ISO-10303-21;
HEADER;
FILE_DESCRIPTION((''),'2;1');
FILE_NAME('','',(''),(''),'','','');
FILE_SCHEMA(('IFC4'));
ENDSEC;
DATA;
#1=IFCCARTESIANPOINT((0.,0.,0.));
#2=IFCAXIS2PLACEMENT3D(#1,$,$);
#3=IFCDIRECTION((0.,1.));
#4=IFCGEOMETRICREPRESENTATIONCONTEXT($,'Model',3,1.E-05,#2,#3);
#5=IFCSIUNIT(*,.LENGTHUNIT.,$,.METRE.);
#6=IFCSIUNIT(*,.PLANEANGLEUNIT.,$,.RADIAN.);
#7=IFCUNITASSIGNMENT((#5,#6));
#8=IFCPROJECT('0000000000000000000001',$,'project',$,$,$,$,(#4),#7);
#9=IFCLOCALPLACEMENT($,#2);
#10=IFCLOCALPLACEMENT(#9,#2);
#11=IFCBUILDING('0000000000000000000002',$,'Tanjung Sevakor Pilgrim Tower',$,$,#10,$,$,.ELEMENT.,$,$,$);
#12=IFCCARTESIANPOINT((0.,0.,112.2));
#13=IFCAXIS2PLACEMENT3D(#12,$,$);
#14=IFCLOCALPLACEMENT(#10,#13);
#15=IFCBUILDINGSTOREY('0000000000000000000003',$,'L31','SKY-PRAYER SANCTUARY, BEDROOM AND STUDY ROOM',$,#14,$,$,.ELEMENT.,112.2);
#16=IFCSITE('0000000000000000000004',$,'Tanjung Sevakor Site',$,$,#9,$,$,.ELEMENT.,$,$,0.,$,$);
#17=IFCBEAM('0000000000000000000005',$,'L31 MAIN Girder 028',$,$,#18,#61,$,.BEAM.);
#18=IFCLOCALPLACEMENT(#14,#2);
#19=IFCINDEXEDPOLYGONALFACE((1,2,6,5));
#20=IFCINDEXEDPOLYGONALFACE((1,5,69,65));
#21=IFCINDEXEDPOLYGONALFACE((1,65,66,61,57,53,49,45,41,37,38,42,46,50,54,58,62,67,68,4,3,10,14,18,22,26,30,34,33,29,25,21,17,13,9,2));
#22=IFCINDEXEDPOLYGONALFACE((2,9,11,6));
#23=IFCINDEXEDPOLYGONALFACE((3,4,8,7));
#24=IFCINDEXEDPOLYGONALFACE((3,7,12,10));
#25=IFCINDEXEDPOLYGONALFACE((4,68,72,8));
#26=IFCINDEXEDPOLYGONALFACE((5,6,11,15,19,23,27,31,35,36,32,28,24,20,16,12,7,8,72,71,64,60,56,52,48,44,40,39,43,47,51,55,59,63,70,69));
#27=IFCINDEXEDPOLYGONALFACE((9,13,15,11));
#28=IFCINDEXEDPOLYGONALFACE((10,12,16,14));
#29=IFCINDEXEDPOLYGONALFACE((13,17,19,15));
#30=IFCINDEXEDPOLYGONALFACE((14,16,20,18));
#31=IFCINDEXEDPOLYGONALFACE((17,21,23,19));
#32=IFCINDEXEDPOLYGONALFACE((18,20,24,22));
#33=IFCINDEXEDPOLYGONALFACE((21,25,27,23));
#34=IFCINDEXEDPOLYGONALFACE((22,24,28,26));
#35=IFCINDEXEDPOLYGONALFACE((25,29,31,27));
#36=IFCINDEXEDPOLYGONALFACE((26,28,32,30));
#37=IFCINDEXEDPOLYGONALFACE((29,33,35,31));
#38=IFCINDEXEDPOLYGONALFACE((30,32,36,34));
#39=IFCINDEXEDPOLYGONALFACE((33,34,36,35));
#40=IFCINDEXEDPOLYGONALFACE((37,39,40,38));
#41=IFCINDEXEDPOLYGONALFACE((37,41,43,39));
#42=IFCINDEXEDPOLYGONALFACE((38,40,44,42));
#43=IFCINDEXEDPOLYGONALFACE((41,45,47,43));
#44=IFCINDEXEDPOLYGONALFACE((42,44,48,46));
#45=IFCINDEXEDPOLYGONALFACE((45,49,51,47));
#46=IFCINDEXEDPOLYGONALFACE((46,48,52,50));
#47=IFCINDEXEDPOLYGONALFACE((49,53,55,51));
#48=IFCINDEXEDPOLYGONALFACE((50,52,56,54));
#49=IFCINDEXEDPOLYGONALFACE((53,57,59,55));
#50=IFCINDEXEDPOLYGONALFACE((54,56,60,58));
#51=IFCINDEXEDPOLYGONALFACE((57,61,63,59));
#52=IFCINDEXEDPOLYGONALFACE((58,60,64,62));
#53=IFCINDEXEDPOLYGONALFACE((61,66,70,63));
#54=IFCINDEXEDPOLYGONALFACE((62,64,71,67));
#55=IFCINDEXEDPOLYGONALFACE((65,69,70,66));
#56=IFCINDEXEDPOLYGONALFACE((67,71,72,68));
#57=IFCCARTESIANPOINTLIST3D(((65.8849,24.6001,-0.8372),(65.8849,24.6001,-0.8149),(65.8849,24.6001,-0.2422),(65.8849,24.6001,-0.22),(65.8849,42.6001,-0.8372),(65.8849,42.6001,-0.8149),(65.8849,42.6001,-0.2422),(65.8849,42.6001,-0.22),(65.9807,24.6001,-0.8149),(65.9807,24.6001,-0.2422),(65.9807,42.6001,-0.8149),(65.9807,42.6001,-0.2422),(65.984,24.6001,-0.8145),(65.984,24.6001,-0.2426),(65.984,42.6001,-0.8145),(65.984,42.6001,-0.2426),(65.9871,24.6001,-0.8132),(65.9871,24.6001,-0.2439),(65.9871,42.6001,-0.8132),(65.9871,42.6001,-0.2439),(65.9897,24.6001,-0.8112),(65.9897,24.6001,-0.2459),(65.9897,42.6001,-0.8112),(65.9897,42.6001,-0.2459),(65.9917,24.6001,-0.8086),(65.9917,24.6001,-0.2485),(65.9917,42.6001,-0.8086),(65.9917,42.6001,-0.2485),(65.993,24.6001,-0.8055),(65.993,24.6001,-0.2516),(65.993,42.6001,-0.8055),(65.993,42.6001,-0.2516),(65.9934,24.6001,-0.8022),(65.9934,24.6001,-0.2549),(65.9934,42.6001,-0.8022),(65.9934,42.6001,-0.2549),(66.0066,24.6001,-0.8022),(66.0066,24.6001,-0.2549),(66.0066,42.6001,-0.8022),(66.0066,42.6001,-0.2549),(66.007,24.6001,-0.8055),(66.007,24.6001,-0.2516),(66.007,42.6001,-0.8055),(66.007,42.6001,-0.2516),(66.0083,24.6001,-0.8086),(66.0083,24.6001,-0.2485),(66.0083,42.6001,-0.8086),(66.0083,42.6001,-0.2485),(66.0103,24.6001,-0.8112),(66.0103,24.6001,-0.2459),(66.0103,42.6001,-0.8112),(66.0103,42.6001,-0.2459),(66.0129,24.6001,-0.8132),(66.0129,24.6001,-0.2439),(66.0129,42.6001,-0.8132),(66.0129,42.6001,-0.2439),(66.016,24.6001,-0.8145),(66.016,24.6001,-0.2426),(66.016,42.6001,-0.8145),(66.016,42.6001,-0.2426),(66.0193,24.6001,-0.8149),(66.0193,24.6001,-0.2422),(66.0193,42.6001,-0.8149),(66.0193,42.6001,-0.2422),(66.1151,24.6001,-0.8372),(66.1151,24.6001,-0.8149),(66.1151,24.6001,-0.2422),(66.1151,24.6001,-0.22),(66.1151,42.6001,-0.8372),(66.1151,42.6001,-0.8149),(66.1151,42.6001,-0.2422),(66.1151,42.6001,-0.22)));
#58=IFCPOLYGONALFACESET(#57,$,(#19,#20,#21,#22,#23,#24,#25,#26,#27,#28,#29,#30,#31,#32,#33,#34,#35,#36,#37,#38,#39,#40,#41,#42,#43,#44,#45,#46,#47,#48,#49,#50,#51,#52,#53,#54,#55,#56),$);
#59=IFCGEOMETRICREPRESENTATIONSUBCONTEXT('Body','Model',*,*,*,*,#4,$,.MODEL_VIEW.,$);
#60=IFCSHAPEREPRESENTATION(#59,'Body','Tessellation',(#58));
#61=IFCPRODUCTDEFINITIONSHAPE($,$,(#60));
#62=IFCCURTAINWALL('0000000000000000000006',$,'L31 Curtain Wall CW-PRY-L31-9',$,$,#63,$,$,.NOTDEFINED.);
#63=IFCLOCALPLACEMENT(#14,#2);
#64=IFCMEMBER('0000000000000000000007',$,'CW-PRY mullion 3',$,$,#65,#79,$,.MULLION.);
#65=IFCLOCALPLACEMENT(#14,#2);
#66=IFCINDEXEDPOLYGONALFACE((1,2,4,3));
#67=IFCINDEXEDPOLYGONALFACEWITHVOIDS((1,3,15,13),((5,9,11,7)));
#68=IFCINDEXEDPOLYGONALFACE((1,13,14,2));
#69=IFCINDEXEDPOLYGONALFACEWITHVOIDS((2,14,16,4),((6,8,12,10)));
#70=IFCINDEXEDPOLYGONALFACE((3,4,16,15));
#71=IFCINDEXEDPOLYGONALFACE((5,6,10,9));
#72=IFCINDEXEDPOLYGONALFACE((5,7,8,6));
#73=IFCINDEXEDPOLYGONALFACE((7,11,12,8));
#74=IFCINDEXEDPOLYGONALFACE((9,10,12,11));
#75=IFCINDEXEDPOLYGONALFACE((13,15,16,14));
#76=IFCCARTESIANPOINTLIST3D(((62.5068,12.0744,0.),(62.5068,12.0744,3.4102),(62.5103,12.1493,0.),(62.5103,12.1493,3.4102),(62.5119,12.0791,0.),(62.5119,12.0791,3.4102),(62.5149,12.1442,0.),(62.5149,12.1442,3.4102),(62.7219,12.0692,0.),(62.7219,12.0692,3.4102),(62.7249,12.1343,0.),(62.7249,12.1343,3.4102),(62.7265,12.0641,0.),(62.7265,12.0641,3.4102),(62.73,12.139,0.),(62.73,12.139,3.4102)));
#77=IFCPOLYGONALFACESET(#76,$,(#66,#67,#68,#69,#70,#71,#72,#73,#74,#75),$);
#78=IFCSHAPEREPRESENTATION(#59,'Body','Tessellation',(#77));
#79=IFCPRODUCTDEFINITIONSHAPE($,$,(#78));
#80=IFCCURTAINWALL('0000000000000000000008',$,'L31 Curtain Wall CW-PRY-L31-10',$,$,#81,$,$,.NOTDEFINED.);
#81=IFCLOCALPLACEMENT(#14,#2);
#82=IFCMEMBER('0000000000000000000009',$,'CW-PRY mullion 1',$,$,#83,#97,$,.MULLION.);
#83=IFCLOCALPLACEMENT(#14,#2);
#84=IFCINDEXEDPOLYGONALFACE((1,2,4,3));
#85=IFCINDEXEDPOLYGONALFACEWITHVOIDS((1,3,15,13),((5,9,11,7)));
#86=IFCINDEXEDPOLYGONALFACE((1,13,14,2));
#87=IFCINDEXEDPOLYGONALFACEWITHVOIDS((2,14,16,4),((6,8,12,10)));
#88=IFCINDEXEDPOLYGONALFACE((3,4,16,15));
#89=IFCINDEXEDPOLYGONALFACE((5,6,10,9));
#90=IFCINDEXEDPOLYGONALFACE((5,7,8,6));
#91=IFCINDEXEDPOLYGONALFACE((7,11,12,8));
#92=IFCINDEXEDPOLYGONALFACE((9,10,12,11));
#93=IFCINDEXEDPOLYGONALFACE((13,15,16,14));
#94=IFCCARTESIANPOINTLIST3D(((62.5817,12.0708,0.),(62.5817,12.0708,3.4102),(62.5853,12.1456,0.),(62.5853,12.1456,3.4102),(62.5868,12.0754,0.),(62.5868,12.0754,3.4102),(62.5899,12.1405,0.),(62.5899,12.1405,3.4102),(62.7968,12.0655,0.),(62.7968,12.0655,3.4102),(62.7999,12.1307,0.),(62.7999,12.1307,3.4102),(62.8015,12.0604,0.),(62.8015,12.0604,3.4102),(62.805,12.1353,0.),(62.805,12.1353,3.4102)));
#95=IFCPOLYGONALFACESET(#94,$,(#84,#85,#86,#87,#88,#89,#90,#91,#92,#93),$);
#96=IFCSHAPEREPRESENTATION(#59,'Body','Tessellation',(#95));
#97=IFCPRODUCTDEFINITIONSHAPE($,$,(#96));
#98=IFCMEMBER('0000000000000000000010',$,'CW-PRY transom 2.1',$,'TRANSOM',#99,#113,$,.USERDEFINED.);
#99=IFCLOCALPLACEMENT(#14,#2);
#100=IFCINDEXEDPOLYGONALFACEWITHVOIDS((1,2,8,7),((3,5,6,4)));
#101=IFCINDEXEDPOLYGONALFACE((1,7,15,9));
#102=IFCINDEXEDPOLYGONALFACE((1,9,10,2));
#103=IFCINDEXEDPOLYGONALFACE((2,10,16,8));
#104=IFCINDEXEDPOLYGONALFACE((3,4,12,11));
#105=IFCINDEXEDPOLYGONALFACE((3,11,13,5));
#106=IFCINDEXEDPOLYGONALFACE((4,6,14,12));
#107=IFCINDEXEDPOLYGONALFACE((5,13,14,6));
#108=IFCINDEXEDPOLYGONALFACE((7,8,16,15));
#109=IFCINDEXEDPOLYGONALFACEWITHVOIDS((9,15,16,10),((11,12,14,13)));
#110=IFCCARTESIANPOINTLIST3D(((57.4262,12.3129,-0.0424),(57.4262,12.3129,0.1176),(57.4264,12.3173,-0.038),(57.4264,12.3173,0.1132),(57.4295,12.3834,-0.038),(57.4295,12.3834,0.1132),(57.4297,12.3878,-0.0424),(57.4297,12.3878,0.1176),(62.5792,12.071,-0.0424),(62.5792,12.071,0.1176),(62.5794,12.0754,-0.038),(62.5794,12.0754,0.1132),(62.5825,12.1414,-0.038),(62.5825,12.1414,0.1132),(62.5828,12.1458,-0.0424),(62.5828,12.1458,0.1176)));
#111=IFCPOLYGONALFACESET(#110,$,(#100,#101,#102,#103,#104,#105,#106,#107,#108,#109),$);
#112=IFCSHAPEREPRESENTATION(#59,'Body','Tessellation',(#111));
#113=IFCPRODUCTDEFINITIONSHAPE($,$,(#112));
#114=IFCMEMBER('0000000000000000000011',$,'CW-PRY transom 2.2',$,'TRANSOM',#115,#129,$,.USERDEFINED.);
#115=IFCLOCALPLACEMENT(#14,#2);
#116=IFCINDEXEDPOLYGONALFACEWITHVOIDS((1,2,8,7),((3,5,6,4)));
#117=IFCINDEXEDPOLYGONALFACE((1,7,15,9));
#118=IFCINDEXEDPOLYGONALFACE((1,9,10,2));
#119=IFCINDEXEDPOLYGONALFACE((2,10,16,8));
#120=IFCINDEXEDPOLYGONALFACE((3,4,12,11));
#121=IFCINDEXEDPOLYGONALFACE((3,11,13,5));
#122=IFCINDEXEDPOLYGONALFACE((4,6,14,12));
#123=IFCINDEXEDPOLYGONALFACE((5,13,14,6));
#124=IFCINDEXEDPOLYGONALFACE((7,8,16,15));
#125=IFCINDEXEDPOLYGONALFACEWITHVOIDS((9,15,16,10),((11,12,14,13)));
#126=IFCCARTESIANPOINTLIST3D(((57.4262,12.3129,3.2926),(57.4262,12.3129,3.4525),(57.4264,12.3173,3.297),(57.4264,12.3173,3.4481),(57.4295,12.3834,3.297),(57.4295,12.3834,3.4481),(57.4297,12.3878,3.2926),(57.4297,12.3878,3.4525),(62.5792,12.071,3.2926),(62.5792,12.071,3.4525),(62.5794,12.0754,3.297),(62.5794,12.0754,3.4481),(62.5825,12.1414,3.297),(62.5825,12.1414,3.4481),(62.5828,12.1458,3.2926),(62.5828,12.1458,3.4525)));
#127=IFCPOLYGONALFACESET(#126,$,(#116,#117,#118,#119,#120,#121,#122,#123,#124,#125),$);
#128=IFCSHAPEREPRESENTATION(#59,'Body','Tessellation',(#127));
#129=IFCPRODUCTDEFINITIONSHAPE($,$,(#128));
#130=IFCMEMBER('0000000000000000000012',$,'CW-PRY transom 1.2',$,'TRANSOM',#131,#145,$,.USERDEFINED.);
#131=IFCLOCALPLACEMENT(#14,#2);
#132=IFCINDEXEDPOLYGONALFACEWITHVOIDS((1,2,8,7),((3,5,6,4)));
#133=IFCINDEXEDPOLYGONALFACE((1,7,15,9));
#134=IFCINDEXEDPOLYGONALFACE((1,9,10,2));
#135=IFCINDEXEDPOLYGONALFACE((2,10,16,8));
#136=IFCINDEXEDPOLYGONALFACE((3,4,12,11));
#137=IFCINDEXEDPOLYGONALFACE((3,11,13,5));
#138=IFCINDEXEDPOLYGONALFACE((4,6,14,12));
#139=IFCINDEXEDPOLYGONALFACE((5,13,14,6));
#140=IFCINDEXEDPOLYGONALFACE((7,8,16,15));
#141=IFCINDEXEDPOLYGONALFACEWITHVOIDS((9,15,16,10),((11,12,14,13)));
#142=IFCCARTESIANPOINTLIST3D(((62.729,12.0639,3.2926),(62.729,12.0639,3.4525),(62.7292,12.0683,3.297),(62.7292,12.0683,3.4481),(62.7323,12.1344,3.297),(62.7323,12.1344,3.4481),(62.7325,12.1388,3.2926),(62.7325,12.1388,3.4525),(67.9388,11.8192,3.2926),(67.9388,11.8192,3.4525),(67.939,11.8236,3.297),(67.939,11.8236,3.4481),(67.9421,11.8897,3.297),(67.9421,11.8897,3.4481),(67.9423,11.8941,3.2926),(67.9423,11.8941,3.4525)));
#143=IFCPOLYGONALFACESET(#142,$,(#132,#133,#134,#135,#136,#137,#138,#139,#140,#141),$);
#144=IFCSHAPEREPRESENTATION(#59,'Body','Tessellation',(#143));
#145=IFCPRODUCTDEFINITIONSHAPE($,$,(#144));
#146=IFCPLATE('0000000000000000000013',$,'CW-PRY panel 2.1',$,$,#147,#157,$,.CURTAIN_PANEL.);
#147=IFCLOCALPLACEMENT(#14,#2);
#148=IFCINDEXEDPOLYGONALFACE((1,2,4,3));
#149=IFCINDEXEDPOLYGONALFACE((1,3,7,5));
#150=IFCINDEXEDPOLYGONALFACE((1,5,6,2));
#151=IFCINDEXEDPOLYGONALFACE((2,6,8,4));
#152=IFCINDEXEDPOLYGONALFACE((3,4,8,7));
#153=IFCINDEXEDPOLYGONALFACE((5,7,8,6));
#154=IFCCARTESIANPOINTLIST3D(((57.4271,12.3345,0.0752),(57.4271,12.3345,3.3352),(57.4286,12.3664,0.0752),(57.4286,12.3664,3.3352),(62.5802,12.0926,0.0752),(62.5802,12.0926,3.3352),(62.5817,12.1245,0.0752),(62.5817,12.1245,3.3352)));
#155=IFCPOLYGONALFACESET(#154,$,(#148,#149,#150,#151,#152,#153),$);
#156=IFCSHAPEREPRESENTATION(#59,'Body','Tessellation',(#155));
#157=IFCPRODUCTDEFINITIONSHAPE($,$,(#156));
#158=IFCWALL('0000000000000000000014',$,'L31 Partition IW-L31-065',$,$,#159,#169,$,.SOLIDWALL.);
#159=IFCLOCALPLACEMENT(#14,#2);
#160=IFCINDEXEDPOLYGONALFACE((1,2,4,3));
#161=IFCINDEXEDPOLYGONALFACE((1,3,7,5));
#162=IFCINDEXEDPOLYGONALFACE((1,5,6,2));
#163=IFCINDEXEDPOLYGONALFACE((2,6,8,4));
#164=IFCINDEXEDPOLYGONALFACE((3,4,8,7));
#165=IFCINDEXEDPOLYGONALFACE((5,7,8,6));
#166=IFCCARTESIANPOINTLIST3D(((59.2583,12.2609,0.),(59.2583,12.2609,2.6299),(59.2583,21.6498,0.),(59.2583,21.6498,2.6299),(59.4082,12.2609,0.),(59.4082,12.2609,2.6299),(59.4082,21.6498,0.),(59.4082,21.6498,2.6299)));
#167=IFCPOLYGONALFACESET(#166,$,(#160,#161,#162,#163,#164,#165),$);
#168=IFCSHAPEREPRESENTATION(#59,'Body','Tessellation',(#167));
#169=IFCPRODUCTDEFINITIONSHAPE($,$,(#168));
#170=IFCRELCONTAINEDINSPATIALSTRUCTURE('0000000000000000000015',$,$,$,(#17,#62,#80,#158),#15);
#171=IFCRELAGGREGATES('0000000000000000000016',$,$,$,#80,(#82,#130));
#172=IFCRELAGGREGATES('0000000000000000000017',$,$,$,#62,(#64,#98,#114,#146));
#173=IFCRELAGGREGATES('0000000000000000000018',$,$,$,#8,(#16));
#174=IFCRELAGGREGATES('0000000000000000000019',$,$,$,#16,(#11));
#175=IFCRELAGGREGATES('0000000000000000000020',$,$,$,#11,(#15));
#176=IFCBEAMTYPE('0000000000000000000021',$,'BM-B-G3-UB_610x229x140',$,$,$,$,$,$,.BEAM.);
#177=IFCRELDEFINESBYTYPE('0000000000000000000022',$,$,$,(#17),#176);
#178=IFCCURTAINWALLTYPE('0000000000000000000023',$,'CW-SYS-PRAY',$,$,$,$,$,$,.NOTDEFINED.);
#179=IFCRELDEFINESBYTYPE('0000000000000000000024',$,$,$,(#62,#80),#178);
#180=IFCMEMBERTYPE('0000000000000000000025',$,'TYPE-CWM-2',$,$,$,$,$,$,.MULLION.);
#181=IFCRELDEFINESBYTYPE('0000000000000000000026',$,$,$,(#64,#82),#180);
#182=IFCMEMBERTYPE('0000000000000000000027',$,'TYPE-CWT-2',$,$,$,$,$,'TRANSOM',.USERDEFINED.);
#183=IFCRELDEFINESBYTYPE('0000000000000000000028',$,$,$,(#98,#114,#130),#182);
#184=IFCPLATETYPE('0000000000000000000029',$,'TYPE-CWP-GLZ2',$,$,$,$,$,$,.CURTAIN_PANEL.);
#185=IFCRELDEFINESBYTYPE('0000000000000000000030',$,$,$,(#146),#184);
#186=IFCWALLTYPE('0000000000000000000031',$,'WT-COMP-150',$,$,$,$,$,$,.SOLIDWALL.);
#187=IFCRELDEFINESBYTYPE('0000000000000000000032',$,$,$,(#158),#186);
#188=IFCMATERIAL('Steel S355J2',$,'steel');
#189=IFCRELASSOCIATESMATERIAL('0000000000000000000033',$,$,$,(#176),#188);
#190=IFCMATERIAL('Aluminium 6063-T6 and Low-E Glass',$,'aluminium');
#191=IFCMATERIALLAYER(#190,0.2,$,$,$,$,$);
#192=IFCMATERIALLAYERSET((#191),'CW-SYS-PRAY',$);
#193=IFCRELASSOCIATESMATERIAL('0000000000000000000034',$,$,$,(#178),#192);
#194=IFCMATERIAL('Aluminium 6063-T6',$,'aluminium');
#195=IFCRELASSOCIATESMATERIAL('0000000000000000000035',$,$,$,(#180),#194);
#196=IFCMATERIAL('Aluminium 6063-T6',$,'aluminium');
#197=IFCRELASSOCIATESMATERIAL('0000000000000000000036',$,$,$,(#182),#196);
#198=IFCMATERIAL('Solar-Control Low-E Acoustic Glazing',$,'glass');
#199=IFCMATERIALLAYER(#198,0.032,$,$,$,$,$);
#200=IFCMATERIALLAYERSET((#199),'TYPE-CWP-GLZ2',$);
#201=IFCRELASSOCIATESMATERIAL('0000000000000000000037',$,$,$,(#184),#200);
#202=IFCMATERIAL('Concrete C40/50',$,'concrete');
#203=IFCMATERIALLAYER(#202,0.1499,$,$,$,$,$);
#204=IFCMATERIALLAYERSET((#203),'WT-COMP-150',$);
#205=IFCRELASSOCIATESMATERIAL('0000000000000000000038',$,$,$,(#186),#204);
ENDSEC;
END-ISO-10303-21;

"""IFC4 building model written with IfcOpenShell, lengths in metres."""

from ifc_helpers import new_model, si_unit, direction, frame, frame_2d, origin, origin_2d, place, context, subcontext, project, spatial, rectangle, hollow_rectangle, i_section, extrude, material, layer, layer_set, material_profile, profile_set, type_object, element, aggregate, save


model = new_model("IFC4")

# Units and contexts
model_context = context("Model", 3, precision=1e-05, world=origin(), true_north=direction((0.0, 1.0)))
body_context = subcontext(model_context, "Body", "Model", "MODEL_VIEW")
ifc_project = project(units=[si_unit("LENGTHUNIT", "METRE"), si_unit("PLANEANGLEUNIT", "RADIAN")], contexts=[model_context])

# Site, building, storey
site_placement = place(None, origin())
site = spatial("IfcSite", under=ifc_project, at=site_placement, Name="Tanjung Sevakor Site", CompositionType="ELEMENT", RefElevation=0.0)
building_placement = place(site_placement, origin())
building = spatial("IfcBuilding", under=site, at=building_placement, Name="Tanjung Sevakor Pilgrim Tower", CompositionType="ELEMENT")
storey_placement = place(building_placement, frame((0.0, 0.0, 112.2)))
storey = spatial("IfcBuildingStorey", under=building, at=storey_placement, Name="L31", Description="SKY-PRAYER SANCTUARY, BEDROOM AND STUDY ROOM", CompositionType="ELEMENT", Elevation=112.2)

# Beam
ifc_material_1 = material(Name="Steel S355J2", Category="steel")
ifc_material_profile_1 = material_profile(ifc_material_1, i_section(OverallWidth=0.2302, OverallDepth=0.6172, WebThickness=0.0132, FlangeThickness=0.0222, FilletRadius=0.0127, at=origin_2d()))
ifc_profile_set_1 = profile_set([ifc_material_profile_1], Name="Steel S355J2")
beam_type_1 = type_object("IfcBeamType", Name="BM-B-G3-UB_610x229x140", PredefinedType="BEAM", material=ifc_profile_set_1)
for number, where, z_axis, x_axis, name in (
    (1, (66.0, 24.6001, -0.5286), (0.0, 1.0, 0.0), (-1.0, 0.0, 0.0), "L31 MAIN Girder 028"),
):
    element("IfcBeam", number, at=place(storey_placement, frame(where, z_axis=z_axis, x_axis=x_axis)), inside=storey, type_object=beam_type_1, Name=name, PredefinedType="BEAM", context=body_context, shape_type="SweptSolid", body=[
        extrude(i_section(OverallWidth=0.2302, OverallDepth=0.6172, WebThickness=0.0132, FlangeThickness=0.0222, FilletRadius=0.0127, at=origin_2d()), origin(), (0.0, 0.0, 1.0), 18.0),
    ])

# Curtain walls, members
ifc_material_2 = material(Name="Aluminium 6063-T6 and Low-E Glass", Category="aluminium")
ifc_layer_1 = layer(ifc_material_2, 0.2)
ifc_layer_set_1 = layer_set([ifc_layer_1], Name="CW-SYS-PRAY")
curtain_wall_type = type_object("IfcCurtainWallType", Name="CW-SYS-PRAY", PredefinedType="NOTDEFINED", material=ifc_layer_set_1)
curtain_wall_1_placement = place(storey_placement, origin())
curtain_wall_1 = element("IfcCurtainWall", 2, at=curtain_wall_1_placement, inside=storey, type_object=curtain_wall_type, Name="L31 Curtain Wall CW-PRY-L31-9", PredefinedType="NOTDEFINED")
ifc_material_3 = material(Name="Aluminium 6063-T6", Category="aluminium")
ifc_material_profile_2 = material_profile(ifc_material_3, hollow_rectangle(XDim=0.075, YDim=0.22, WallThickness=0.0049, at=origin_2d()))
ifc_profile_set_2 = profile_set([ifc_material_profile_2], Name="Aluminium 6063-T6")
member_type_1 = type_object("IfcMemberType", Name="TYPE-CWM-2", PredefinedType="MULLION", material=ifc_profile_set_2)
member_1_placement = place(storey_placement, frame((62.6184, 12.1067, 0.0), z_axis=(0.0, 0.0, 1.0), x_axis=(0.046896, 0.9989, 0.0)))
member_1 = element("IfcMember", 3, at=member_1_placement, type_object=member_type_1, Name="CW-PRY mullion 3", PredefinedType="MULLION", context=body_context, shape_type="SweptSolid", body=[
    extrude(hollow_rectangle(XDim=0.075, YDim=0.22, WallThickness=0.0049, at=origin_2d()), origin(), (0.0, 0.0, 1.0), 3.4102),
])
curtain_wall_2_placement = place(storey_placement, origin())
curtain_wall_2 = element("IfcCurtainWall", 4, at=curtain_wall_2_placement, inside=storey, type_object=curtain_wall_type, Name="L31 Curtain Wall CW-PRY-L31-10", PredefinedType="NOTDEFINED")
member_2_placement = place(storey_placement, frame((62.6934, 12.103, 0.0), z_axis=(0.0, 0.0, 1.0), x_axis=(0.046904, 0.998899, 0.0)))
member_2 = element("IfcMember", 5, at=member_2_placement, type_object=member_type_1, Name="CW-PRY mullion 1", PredefinedType="MULLION", context=body_context, shape_type="SweptSolid", body=[
    extrude(hollow_rectangle(XDim=0.075, YDim=0.22, WallThickness=0.0049, at=origin_2d()), origin(), (0.0, 0.0, 1.0), 3.4102),
])

# Members
ifc_material_4 = material(Name="Aluminium 6063-T6", Category="aluminium")
ifc_material_profile_3 = material_profile(ifc_material_4, hollow_rectangle(XDim=0.075, YDim=0.1599, WallThickness=0.0044, at=origin_2d()))
ifc_profile_set_3 = profile_set([ifc_material_profile_3], Name="Aluminium 6063-T6")
member_type_2 = type_object("IfcMemberType", Name="TYPE-CWT-2", ElementType="TRANSOM", PredefinedType="USERDEFINED", material=ifc_profile_set_3)
member_3_placement = place(storey_placement, frame((57.428, 12.3503, 0.0376), z_axis=(0.9989, -0.0469, 0.0), x_axis=(0.0469, 0.9989, 0.0)))
member_3 = element("IfcMember", 6, at=member_3_placement, type_object=member_type_2, Name="CW-PRY transom 2.1", ObjectType="TRANSOM", PredefinedType="USERDEFINED", context=body_context, shape_type="SweptSolid", body=[
    extrude(hollow_rectangle(XDim=0.075, YDim=0.1599, WallThickness=0.0044, at=origin_2d()), origin(), (0.0, 0.0, 1.0), 5.1587),
])
member_4_placement = place(storey_placement, frame((57.428, 12.3503, 3.3726), z_axis=(0.9989, -0.0469, 0.0), x_axis=(0.0469, 0.9989, 0.0)))
member_4 = element("IfcMember", 7, at=member_4_placement, type_object=member_type_2, Name="CW-PRY transom 2.2", ObjectType="TRANSOM", PredefinedType="USERDEFINED", context=body_context, shape_type="SweptSolid", body=[
    extrude(hollow_rectangle(XDim=0.075, YDim=0.1599, WallThickness=0.0044, at=origin_2d()), origin(), (0.0, 0.0, 1.0), 5.1587),
])
member_5_placement = place(storey_placement, frame((62.7307, 12.1013, 3.3726), z_axis=(0.998899, -0.046905, 0.0), x_axis=(0.046905, 0.998899, 0.0)))
member_5 = element("IfcMember", 8, at=member_5_placement, type_object=member_type_2, Name="CW-PRY transom 1.2", ObjectType="TRANSOM", PredefinedType="USERDEFINED", context=body_context, shape_type="SweptSolid", body=[
    extrude(hollow_rectangle(XDim=0.075, YDim=0.1599, WallThickness=0.0044, at=origin_2d()), origin(), (0.0, 0.0, 1.0), 5.2156),
])
aggregate(curtain_wall_2, [member_2, member_5])

# Plate
ifc_material_5 = material(Name="Solar-Control Low-E Acoustic Glazing", Category="glass")
ifc_layer_2 = layer(ifc_material_5, 0.032)
ifc_layer_set_2 = layer_set([ifc_layer_2], Name="TYPE-CWP-GLZ2")
plate_type = type_object("IfcPlateType", Name="TYPE-CWP-GLZ2", PredefinedType="CURTAIN_PANEL", material=ifc_layer_set_2)
plate_placement = place(storey_placement, frame((60.0044, 12.2295, 0.0752), z_axis=(0.0, 0.0, 1.0), x_axis=(0.9989, -0.046896, 0.0)))
plate = element("IfcPlate", 9, at=plate_placement, type_object=plate_type, Name="CW-PRY panel 2.1", PredefinedType="CURTAIN_PANEL", context=body_context, shape_type="SweptSolid", body=[
    extrude(rectangle(XDim=5.1587, YDim=0.032, at=origin_2d()), origin(), (0.0, 0.0, 1.0), 3.26),
])
aggregate(curtain_wall_1, [member_1, member_3, member_4, plate])

# Wall
ifc_material_6 = material(Name="Concrete C40/50", Category="concrete")
ifc_layer_3 = layer(ifc_material_6, 0.1499)
ifc_layer_set_3 = layer_set([ifc_layer_3], Name="WT-COMP-150")
wall_type_1 = type_object("IfcWallType", Name="WT-COMP-150", PredefinedType="SOLIDWALL", material=ifc_layer_set_3)
wall_1_placement = place(storey_placement, frame((59.3333, 12.261, 0.0), z_axis=(0.0, 0.0, 1.0), x_axis=(0.0, 1.0, 0.0)))
element("IfcWall", 10, at=wall_1_placement, inside=storey, type_object=wall_type_1, Name="L31 Partition IW-L31-065", PredefinedType="SOLIDWALL", context=body_context, shape_type="SweptSolid", body=[
    extrude(rectangle(XDim=9.3889, YDim=0.1499, at=frame_2d((4.6943, 0.0))), origin(), (0.0, 0.0, 1.0), 2.6299),
])

save(model, "model.ifc")
